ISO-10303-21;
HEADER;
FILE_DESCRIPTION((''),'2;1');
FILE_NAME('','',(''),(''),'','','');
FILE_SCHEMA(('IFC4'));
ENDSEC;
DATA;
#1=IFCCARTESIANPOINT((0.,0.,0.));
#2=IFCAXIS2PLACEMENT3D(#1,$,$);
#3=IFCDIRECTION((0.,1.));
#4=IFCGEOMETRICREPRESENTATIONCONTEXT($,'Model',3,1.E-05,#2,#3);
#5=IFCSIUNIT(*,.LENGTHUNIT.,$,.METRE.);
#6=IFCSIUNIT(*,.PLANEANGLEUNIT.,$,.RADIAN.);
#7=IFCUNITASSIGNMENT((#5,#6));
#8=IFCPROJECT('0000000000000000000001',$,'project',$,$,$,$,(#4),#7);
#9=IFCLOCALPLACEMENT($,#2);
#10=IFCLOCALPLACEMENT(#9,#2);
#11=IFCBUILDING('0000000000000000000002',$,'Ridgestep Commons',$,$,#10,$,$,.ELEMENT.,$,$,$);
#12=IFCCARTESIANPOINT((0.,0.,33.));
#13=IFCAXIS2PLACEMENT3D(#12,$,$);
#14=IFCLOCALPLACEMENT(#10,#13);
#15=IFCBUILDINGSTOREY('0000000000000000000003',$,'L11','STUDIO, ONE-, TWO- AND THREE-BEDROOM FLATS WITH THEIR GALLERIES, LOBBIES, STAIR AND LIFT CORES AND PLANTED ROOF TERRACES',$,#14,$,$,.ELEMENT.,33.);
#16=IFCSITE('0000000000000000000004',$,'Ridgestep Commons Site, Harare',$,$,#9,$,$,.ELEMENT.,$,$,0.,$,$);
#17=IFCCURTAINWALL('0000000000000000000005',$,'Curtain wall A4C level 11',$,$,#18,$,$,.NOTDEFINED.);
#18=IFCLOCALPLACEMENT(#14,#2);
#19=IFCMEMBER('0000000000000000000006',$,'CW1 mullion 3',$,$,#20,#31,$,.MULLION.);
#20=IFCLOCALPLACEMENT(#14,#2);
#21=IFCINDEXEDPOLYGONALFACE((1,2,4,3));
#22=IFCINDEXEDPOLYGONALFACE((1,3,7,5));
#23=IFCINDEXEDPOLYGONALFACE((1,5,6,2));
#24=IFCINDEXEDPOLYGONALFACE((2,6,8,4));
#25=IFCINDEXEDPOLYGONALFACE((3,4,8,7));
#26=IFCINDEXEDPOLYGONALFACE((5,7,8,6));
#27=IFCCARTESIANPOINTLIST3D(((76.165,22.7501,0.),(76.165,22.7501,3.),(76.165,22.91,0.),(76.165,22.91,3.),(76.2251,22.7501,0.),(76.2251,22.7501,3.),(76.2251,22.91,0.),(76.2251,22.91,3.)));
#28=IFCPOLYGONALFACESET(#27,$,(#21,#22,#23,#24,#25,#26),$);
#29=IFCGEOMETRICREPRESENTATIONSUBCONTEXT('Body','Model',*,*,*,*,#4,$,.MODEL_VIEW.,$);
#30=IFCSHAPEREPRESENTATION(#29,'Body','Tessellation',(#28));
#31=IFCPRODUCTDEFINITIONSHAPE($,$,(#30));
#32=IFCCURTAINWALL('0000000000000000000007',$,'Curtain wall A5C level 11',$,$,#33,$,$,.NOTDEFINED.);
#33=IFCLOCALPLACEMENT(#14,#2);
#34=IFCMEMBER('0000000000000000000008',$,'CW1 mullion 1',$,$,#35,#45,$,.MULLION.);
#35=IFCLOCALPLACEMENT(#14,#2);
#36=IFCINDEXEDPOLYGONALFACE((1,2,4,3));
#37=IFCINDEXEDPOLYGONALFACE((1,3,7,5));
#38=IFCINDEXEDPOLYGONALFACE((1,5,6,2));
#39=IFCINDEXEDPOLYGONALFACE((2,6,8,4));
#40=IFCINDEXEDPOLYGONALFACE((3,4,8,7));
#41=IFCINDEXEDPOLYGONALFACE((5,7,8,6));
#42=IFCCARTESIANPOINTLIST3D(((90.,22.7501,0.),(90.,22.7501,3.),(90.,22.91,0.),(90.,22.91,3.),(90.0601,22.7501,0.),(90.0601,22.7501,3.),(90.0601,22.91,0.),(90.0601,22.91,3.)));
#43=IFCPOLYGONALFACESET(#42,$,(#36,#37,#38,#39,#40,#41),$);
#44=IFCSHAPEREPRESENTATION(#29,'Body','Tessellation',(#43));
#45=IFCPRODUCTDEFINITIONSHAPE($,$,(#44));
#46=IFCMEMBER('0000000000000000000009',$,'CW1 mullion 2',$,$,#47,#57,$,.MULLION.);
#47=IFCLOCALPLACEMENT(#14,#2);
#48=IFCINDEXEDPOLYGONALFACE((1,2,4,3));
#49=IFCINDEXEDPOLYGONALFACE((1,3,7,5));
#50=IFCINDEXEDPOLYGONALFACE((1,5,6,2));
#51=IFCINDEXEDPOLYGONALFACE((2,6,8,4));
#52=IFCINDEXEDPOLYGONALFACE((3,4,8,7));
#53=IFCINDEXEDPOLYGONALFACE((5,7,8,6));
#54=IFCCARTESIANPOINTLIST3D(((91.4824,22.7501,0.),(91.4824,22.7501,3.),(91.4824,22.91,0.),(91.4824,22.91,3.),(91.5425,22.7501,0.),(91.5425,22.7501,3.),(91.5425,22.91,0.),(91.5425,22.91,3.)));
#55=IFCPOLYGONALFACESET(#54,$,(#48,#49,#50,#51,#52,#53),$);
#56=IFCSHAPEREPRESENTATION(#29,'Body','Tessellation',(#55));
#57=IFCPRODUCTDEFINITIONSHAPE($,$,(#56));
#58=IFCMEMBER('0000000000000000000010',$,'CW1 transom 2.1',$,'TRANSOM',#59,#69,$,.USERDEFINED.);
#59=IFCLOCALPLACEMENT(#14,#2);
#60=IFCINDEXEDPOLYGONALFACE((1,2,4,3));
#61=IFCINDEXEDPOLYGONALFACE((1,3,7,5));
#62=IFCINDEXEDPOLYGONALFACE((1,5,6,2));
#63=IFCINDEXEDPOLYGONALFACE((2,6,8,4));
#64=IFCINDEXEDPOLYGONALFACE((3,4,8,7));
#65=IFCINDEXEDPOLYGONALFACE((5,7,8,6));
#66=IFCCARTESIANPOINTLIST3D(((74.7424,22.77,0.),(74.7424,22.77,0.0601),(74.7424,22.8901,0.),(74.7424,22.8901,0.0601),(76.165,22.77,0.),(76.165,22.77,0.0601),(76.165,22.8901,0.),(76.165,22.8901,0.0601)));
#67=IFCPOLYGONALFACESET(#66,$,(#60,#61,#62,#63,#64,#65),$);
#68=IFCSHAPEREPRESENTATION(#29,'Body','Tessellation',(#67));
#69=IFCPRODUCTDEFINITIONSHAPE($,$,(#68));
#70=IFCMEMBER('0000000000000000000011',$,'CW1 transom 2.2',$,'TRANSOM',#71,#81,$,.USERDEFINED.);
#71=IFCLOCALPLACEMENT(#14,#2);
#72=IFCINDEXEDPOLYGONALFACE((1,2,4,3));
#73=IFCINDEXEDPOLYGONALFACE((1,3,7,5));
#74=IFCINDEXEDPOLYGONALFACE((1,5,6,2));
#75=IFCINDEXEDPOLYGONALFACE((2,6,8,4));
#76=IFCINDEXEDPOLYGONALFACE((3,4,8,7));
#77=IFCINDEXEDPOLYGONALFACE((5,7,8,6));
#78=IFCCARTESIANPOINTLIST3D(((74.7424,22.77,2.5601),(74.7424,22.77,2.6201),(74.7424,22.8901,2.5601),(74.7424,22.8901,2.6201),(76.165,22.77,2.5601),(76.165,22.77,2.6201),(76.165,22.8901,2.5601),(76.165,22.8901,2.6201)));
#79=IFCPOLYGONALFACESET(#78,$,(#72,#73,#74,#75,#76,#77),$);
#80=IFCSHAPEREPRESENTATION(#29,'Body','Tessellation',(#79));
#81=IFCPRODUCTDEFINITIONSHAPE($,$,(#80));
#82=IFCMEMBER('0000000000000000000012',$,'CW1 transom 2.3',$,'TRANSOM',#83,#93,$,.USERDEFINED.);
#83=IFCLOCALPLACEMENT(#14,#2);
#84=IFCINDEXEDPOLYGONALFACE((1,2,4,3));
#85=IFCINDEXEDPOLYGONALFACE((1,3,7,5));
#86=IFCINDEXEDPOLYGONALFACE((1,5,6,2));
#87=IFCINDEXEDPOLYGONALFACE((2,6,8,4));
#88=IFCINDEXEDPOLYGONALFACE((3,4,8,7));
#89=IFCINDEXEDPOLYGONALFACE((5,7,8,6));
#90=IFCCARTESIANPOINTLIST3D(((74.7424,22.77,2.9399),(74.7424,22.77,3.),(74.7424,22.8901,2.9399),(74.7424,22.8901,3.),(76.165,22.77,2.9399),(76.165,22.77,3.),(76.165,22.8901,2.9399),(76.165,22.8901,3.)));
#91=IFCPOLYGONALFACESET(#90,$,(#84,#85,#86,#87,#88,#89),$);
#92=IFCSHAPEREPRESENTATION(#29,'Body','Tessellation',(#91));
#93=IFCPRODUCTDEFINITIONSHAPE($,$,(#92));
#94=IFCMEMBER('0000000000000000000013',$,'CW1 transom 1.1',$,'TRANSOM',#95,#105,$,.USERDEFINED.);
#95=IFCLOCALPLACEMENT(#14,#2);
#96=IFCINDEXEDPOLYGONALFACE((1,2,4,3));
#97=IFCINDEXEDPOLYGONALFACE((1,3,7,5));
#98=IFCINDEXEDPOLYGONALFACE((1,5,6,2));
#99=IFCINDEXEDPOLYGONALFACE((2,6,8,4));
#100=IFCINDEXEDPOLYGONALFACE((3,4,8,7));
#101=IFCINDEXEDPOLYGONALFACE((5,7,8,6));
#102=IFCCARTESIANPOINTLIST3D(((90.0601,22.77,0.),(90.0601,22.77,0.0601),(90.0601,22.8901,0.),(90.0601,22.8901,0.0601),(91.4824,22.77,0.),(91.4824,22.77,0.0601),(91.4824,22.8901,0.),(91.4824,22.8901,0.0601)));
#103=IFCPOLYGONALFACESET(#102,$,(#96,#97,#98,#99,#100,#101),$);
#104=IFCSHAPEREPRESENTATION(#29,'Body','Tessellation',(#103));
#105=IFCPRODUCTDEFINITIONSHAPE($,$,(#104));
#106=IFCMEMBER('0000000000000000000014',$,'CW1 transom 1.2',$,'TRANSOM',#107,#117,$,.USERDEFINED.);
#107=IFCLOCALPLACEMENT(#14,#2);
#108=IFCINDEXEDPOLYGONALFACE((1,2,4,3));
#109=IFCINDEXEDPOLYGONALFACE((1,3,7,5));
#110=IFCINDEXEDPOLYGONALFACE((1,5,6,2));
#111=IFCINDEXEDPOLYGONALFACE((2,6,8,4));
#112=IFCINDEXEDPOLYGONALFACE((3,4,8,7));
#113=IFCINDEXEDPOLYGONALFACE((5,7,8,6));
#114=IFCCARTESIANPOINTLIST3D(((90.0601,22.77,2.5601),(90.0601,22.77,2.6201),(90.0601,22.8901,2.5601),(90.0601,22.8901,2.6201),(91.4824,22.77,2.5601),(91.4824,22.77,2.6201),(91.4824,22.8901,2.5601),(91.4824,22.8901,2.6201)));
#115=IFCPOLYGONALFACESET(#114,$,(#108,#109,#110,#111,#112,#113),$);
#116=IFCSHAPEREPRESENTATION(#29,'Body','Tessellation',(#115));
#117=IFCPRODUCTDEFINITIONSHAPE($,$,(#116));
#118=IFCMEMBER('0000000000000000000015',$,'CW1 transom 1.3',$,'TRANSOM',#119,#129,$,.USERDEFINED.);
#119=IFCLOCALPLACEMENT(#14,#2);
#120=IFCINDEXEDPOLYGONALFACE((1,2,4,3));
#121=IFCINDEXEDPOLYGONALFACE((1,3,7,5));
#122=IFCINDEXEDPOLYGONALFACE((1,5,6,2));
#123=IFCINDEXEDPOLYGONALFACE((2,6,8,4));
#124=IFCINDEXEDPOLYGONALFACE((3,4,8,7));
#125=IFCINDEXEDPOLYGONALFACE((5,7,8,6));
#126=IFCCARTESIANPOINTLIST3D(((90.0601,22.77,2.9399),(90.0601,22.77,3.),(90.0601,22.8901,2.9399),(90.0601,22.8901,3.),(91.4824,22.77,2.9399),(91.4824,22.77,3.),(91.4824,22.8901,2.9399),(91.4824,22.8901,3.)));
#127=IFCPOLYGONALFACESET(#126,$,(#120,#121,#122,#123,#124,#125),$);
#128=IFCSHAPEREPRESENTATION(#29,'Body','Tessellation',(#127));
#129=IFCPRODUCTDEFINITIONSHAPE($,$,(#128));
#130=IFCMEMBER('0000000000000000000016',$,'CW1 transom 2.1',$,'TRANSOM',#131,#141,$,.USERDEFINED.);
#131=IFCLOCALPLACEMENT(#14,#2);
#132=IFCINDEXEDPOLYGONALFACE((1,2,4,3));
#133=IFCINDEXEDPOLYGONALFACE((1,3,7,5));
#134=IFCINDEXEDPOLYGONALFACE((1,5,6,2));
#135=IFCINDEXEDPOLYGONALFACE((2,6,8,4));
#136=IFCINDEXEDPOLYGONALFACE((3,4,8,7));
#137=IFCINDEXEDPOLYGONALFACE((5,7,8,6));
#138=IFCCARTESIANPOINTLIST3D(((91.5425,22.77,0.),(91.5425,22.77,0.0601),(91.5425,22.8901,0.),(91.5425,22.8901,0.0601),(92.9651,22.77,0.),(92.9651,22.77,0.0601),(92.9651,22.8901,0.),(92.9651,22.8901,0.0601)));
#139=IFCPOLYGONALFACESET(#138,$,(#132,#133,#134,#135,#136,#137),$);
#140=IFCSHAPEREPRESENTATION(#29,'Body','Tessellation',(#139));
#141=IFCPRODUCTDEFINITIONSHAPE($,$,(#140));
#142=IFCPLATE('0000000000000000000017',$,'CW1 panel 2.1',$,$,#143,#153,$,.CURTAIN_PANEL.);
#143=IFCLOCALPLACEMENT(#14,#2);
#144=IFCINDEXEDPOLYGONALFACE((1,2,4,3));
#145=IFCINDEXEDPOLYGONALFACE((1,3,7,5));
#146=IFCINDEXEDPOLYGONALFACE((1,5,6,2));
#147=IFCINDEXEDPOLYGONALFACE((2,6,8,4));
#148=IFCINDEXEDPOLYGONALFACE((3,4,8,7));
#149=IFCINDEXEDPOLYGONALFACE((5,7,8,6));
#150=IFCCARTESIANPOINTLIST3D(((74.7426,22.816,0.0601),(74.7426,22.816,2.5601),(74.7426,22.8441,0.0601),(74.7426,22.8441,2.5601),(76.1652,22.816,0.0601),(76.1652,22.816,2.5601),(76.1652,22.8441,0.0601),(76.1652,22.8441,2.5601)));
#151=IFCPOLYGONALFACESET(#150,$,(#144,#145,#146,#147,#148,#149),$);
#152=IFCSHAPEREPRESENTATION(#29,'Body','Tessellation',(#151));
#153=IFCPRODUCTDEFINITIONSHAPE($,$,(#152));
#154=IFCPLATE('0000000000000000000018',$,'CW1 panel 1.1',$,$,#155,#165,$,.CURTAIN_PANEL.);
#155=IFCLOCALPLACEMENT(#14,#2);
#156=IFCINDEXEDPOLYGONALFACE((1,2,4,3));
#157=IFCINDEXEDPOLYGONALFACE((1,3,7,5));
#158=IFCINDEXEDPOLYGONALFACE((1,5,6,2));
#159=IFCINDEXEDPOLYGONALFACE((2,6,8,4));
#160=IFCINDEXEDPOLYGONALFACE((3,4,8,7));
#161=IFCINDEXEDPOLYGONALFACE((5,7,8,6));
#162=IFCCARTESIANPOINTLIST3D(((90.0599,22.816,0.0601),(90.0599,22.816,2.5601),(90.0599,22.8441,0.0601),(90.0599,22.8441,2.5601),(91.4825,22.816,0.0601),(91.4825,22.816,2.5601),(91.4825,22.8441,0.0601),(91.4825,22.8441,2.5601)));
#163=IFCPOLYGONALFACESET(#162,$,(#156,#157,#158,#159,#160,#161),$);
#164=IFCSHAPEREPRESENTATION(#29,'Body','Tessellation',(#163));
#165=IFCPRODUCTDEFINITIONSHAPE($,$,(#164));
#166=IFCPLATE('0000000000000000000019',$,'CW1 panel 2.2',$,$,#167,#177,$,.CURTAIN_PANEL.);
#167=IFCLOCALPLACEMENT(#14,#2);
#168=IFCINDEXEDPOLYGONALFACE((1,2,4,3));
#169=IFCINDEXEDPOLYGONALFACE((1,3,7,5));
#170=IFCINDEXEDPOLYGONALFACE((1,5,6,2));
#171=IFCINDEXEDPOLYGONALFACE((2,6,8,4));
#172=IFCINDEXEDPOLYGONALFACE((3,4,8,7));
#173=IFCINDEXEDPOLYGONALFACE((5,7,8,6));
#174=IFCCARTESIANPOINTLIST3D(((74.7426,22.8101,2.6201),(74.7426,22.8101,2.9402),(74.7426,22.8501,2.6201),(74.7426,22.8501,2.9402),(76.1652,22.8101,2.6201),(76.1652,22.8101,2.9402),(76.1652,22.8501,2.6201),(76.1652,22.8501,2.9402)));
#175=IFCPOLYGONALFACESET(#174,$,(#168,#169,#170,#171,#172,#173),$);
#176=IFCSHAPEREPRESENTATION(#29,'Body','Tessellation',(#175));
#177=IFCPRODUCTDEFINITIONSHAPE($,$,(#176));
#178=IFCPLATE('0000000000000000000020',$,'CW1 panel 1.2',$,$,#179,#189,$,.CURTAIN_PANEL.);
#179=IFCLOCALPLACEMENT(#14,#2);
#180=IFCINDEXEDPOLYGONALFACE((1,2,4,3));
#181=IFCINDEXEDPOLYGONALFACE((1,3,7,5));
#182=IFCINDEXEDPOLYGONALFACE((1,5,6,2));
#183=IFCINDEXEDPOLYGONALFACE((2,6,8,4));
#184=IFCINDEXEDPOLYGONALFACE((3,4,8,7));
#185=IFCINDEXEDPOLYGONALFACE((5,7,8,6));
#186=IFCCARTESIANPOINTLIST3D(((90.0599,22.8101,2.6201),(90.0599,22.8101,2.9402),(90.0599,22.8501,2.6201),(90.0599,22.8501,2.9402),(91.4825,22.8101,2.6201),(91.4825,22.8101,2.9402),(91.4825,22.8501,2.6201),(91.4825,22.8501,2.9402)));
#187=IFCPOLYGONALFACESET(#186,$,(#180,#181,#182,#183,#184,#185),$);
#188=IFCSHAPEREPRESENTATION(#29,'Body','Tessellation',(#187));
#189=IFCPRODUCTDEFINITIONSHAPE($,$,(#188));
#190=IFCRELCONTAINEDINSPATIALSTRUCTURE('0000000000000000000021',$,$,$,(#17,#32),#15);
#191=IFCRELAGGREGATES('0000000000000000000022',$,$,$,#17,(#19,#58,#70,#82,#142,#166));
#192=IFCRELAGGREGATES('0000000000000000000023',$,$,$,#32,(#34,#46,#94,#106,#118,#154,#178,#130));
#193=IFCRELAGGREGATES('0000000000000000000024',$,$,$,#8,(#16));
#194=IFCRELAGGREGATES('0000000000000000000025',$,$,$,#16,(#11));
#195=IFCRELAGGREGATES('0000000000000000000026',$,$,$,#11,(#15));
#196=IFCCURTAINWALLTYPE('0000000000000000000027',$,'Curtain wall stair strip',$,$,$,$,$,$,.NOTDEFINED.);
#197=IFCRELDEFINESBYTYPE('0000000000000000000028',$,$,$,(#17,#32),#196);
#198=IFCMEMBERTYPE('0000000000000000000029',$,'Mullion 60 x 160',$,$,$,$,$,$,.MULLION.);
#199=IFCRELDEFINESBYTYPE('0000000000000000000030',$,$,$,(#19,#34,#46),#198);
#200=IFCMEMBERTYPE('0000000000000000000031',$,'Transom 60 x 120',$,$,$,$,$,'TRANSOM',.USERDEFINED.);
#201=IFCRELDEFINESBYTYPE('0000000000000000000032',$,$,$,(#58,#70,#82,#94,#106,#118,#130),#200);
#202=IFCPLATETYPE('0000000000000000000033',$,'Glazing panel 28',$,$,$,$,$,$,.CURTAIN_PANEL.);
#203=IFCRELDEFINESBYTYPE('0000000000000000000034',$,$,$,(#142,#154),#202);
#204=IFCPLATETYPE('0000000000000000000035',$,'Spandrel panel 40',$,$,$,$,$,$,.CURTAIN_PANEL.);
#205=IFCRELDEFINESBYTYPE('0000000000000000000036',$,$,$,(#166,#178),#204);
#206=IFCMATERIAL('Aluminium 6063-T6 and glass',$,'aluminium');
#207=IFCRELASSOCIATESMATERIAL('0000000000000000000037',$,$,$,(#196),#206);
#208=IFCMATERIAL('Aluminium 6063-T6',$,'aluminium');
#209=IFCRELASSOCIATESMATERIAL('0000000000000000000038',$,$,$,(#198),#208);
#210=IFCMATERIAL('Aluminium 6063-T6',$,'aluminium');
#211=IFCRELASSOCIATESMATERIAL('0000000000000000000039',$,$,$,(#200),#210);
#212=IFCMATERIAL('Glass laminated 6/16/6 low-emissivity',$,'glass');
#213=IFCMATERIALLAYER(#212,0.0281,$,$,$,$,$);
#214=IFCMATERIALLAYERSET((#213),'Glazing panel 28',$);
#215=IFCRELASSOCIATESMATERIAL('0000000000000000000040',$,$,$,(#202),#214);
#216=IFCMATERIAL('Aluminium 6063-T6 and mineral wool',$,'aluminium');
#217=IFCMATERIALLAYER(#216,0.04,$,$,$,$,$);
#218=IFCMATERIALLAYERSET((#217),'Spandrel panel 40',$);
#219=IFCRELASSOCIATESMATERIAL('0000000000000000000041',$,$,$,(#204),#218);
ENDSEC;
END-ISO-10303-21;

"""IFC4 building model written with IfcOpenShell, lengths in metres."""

from ifc_helpers import new_model, si_unit, direction, frame, origin, origin_2d, place, context, subcontext, project, spatial, rectangle, extrude, material, layer, layer_set, material_profile, profile_set, type_object, element, aggregate, save


model = new_model("IFC4")

# Units and contexts
model_context = context("Model", 3, precision=1e-05, world=origin(), true_north=direction((0.0, 1.0)))
body_context = subcontext(model_context, "Body", "Model", "MODEL_VIEW")
ifc_project = project(units=[si_unit("LENGTHUNIT", "METRE"), si_unit("PLANEANGLEUNIT", "RADIAN")], contexts=[model_context])

# Site, building, storey
site_placement = place(None, origin())
site = spatial("IfcSite", under=ifc_project, at=site_placement, Name="Ridgestep Commons Site, Harare", CompositionType="ELEMENT", RefElevation=0.0)
building_placement = place(site_placement, origin())
building = spatial("IfcBuilding", under=site, at=building_placement, Name="Ridgestep Commons", CompositionType="ELEMENT")
storey_placement = place(building_placement, frame((0.0, 0.0, 33.0)))
storey = spatial("IfcBuildingStorey", under=building, at=storey_placement, Name="L11", Description="STUDIO, ONE-, TWO- AND THREE-BEDROOM FLATS WITH THEIR GALLERIES, LOBBIES, STAIR AND LIFT CORES AND PLANTED ROOF TERRACES", CompositionType="ELEMENT", Elevation=33.0)

# Curtain wall, member
ifc_material_1 = material(Name="Aluminium 6063-T6 and glass", Category="aluminium")
curtain_wall_type = type_object("IfcCurtainWallType", Name="Curtain wall stair strip", PredefinedType="NOTDEFINED", material=ifc_material_1)
curtain_wall_1_placement = place(storey_placement, origin())
curtain_wall_1 = element("IfcCurtainWall", 1, at=curtain_wall_1_placement, inside=storey, type_object=curtain_wall_type, Name="Curtain wall A4C level 11", PredefinedType="NOTDEFINED")
ifc_material_2 = material(Name="Aluminium 6063-T6", Category="aluminium")
ifc_material_profile_1 = material_profile(ifc_material_2, rectangle(XDim=0.1599, YDim=0.0601, at=origin_2d()), Name="Mullion 60 x 160")
ifc_profile_set_1 = profile_set([ifc_material_profile_1], Name="Aluminium 6063-T6")
member_type_1 = type_object("IfcMemberType", Name="Mullion 60 x 160", PredefinedType="MULLION", material=ifc_profile_set_1)
member_1_placement = place(storey_placement, frame((76.1951, 22.8301, 0.0), z_axis=(0.0, 0.0, 1.0), x_axis=(0.0, 1.0, 0.0)))
member_1 = element("IfcMember", 2, at=member_1_placement, type_object=member_type_1, Name="CW1 mullion 3", PredefinedType="MULLION", context=body_context, shape_type="SweptSolid", body=[
    extrude(rectangle(XDim=0.1599, YDim=0.0601, at=origin_2d()), origin(), (0.0, 0.0, 1.0), 3.0),
])

# Curtain wall, members
curtain_wall_2_placement = place(storey_placement, origin())
curtain_wall_2 = element("IfcCurtainWall", 3, at=curtain_wall_2_placement, inside=storey, type_object=curtain_wall_type, Name="Curtain wall A5C level 11", PredefinedType="NOTDEFINED")
member_2_placement = place(storey_placement, frame((90.03, 22.8301, 0.0), z_axis=(0.0, 0.0, 1.0), x_axis=(0.0, 1.0, 0.0)))
member_2 = element("IfcMember", 4, at=member_2_placement, type_object=member_type_1, Name="CW1 mullion 1", PredefinedType="MULLION", context=body_context, shape_type="SweptSolid", body=[
    extrude(rectangle(XDim=0.1599, YDim=0.0601, at=origin_2d()), origin(), (0.0, 0.0, 1.0), 3.0),
])
member_3_placement = place(storey_placement, frame((91.5125, 22.8301, 0.0), z_axis=(0.0, 0.0, 1.0), x_axis=(0.0, 1.0, 0.0)))
member_3 = element("IfcMember", 5, at=member_3_placement, type_object=member_type_1, Name="CW1 mullion 2", PredefinedType="MULLION", context=body_context, shape_type="SweptSolid", body=[
    extrude(rectangle(XDim=0.1599, YDim=0.0601, at=origin_2d()), origin(), (0.0, 0.0, 1.0), 3.0),
])

# Members
ifc_material_3 = material(Name="Aluminium 6063-T6", Category="aluminium")
ifc_material_profile_2 = material_profile(ifc_material_3, rectangle(XDim=0.1201, YDim=0.0601, at=origin_2d()), Name="Transom 60 x 120")
ifc_profile_set_2 = profile_set([ifc_material_profile_2], Name="Aluminium 6063-T6")
member_type_2 = type_object("IfcMemberType", Name="Transom 60 x 120", ElementType="TRANSOM", PredefinedType="USERDEFINED", material=ifc_profile_set_2)
member_4_placement = place(storey_placement, frame((74.7424, 22.8301, 0.03), z_axis=(1.0, 0.0, 0.0), x_axis=(0.0, 1.0, 0.0)))
member_4 = element("IfcMember", 6, at=member_4_placement, type_object=member_type_2, Name="CW1 transom 2.1", ObjectType="TRANSOM", PredefinedType="USERDEFINED", context=body_context, shape_type="SweptSolid", body=[
    extrude(rectangle(XDim=0.1201, YDim=0.0601, at=origin_2d()), origin(), (0.0, 0.0, 1.0), 1.4226),
])
member_5_placement = place(storey_placement, frame((74.7424, 22.8301, 2.5901), z_axis=(1.0, 0.0, 0.0), x_axis=(0.0, 1.0, 0.0)))
member_5 = element("IfcMember", 7, at=member_5_placement, type_object=member_type_2, Name="CW1 transom 2.2", ObjectType="TRANSOM", PredefinedType="USERDEFINED", context=body_context, shape_type="SweptSolid", body=[
    extrude(rectangle(XDim=0.1201, YDim=0.0601, at=origin_2d()), origin(), (0.0, 0.0, 1.0), 1.4226),
])
member_6_placement = place(storey_placement, frame((74.7424, 22.8301, 2.97), z_axis=(1.0, 0.0, 0.0), x_axis=(0.0, 1.0, 0.0)))
member_6 = element("IfcMember", 8, at=member_6_placement, type_object=member_type_2, Name="CW1 transom 2.3", ObjectType="TRANSOM", PredefinedType="USERDEFINED", context=body_context, shape_type="SweptSolid", body=[
    extrude(rectangle(XDim=0.1201, YDim=0.0601, at=origin_2d()), origin(), (0.0, 0.0, 1.0), 1.4226),
])
member_7_placement = place(storey_placement, frame((90.0601, 22.8301, 0.03), z_axis=(1.0, 0.0, 0.0), x_axis=(0.0, 1.0, 0.0)))
member_7 = element("IfcMember", 9, at=member_7_placement, type_object=member_type_2, Name="CW1 transom 1.1", ObjectType="TRANSOM", PredefinedType="USERDEFINED", context=body_context, shape_type="SweptSolid", body=[
    extrude(rectangle(XDim=0.1201, YDim=0.0601, at=origin_2d()), origin(), (0.0, 0.0, 1.0), 1.4224),
])
member_8_placement = place(storey_placement, frame((90.0601, 22.8301, 2.5901), z_axis=(1.0, 0.0, 0.0), x_axis=(0.0, 1.0, 0.0)))
member_8 = element("IfcMember", 10, at=member_8_placement, type_object=member_type_2, Name="CW1 transom 1.2", ObjectType="TRANSOM", PredefinedType="USERDEFINED", context=body_context, shape_type="SweptSolid", body=[
    extrude(rectangle(XDim=0.1201, YDim=0.0601, at=origin_2d()), origin(), (0.0, 0.0, 1.0), 1.4224),
])
member_9_placement = place(storey_placement, frame((90.0601, 22.8301, 2.97), z_axis=(1.0, 0.0, 0.0), x_axis=(0.0, 1.0, 0.0)))
member_9 = element("IfcMember", 11, at=member_9_placement, type_object=member_type_2, Name="CW1 transom 1.3", ObjectType="TRANSOM", PredefinedType="USERDEFINED", context=body_context, shape_type="SweptSolid", body=[
    extrude(rectangle(XDim=0.1201, YDim=0.0601, at=origin_2d()), origin(), (0.0, 0.0, 1.0), 1.4224),
])
member_10_placement = place(storey_placement, frame((91.5425, 22.8301, 0.03), z_axis=(1.0, 0.0, 0.0), x_axis=(0.0, 1.0, 0.0)))
member_10 = element("IfcMember", 12, at=member_10_placement, type_object=member_type_2, Name="CW1 transom 2.1", ObjectType="TRANSOM", PredefinedType="USERDEFINED", context=body_context, shape_type="SweptSolid", body=[
    extrude(rectangle(XDim=0.1201, YDim=0.0601, at=origin_2d()), origin(), (0.0, 0.0, 1.0), 1.4226),
])

# Plates
ifc_material_4 = material(Name="Glass laminated 6/16/6 low-emissivity", Category="glass")
ifc_layer_1 = layer(ifc_material_4, 0.0281)
ifc_layer_set_1 = layer_set([ifc_layer_1], Name="Glazing panel 28")
plate_type_1 = type_object("IfcPlateType", Name="Glazing panel 28", PredefinedType="CURTAIN_PANEL", material=ifc_layer_set_1)
plate_1_placement = place(storey_placement, frame((75.4539, 22.8301, 0.0601), z_axis=(0.0, 0.0, 1.0), x_axis=(1.0, 0.0, 0.0)))
plate_1 = element("IfcPlate", 13, at=plate_1_placement, type_object=plate_type_1, Name="CW1 panel 2.1", PredefinedType="CURTAIN_PANEL", context=body_context, shape_type="SweptSolid", body=[
    extrude(rectangle(XDim=1.4226, YDim=0.0281, at=origin_2d()), origin(), (0.0, 0.0, 1.0), 2.5),
])
plate_2_placement = place(storey_placement, frame((90.7712, 22.8301, 0.0601), z_axis=(0.0, 0.0, 1.0), x_axis=(1.0, 0.0, 0.0)))
plate_2 = element("IfcPlate", 14, at=plate_2_placement, type_object=plate_type_1, Name="CW1 panel 1.1", PredefinedType="CURTAIN_PANEL", context=body_context, shape_type="SweptSolid", body=[
    extrude(rectangle(XDim=1.4226, YDim=0.0281, at=origin_2d()), origin(), (0.0, 0.0, 1.0), 2.5),
])
ifc_material_5 = material(Name="Aluminium 6063-T6 and mineral wool", Category="aluminium")
ifc_layer_2 = layer(ifc_material_5, 0.04)
ifc_layer_set_2 = layer_set([ifc_layer_2], Name="Spandrel panel 40")
plate_type_2 = type_object("IfcPlateType", Name="Spandrel panel 40", PredefinedType="CURTAIN_PANEL", material=ifc_layer_set_2)
plate_3_placement = place(storey_placement, frame((75.4539, 22.8301, 2.6201), z_axis=(0.0, 0.0, 1.0), x_axis=(1.0, 0.0, 0.0)))
plate_3 = element("IfcPlate", 15, at=plate_3_placement, type_object=plate_type_2, Name="CW1 panel 2.2", PredefinedType="CURTAIN_PANEL", context=body_context, shape_type="SweptSolid", body=[
    extrude(rectangle(XDim=1.4226, YDim=0.04, at=origin_2d()), origin(), (0.0, 0.0, 1.0), 0.3201),
])
aggregate(curtain_wall_1, [member_1, member_4, member_5, member_6, plate_1, plate_3])
plate_4_placement = place(storey_placement, frame((90.7712, 22.8301, 2.6201), z_axis=(0.0, 0.0, 1.0), x_axis=(1.0, 0.0, 0.0)))
plate_4 = element("IfcPlate", 16, at=plate_4_placement, type_object=plate_type_2, Name="CW1 panel 1.2", PredefinedType="CURTAIN_PANEL", context=body_context, shape_type="SweptSolid", body=[
    extrude(rectangle(XDim=1.4226, YDim=0.04, at=origin_2d()), origin(), (0.0, 0.0, 1.0), 0.3201),
])
aggregate(curtain_wall_2, [member_2, member_3, member_7, member_8, member_9, plate_2, plate_4, member_10])

save(model, "model.ifc")
